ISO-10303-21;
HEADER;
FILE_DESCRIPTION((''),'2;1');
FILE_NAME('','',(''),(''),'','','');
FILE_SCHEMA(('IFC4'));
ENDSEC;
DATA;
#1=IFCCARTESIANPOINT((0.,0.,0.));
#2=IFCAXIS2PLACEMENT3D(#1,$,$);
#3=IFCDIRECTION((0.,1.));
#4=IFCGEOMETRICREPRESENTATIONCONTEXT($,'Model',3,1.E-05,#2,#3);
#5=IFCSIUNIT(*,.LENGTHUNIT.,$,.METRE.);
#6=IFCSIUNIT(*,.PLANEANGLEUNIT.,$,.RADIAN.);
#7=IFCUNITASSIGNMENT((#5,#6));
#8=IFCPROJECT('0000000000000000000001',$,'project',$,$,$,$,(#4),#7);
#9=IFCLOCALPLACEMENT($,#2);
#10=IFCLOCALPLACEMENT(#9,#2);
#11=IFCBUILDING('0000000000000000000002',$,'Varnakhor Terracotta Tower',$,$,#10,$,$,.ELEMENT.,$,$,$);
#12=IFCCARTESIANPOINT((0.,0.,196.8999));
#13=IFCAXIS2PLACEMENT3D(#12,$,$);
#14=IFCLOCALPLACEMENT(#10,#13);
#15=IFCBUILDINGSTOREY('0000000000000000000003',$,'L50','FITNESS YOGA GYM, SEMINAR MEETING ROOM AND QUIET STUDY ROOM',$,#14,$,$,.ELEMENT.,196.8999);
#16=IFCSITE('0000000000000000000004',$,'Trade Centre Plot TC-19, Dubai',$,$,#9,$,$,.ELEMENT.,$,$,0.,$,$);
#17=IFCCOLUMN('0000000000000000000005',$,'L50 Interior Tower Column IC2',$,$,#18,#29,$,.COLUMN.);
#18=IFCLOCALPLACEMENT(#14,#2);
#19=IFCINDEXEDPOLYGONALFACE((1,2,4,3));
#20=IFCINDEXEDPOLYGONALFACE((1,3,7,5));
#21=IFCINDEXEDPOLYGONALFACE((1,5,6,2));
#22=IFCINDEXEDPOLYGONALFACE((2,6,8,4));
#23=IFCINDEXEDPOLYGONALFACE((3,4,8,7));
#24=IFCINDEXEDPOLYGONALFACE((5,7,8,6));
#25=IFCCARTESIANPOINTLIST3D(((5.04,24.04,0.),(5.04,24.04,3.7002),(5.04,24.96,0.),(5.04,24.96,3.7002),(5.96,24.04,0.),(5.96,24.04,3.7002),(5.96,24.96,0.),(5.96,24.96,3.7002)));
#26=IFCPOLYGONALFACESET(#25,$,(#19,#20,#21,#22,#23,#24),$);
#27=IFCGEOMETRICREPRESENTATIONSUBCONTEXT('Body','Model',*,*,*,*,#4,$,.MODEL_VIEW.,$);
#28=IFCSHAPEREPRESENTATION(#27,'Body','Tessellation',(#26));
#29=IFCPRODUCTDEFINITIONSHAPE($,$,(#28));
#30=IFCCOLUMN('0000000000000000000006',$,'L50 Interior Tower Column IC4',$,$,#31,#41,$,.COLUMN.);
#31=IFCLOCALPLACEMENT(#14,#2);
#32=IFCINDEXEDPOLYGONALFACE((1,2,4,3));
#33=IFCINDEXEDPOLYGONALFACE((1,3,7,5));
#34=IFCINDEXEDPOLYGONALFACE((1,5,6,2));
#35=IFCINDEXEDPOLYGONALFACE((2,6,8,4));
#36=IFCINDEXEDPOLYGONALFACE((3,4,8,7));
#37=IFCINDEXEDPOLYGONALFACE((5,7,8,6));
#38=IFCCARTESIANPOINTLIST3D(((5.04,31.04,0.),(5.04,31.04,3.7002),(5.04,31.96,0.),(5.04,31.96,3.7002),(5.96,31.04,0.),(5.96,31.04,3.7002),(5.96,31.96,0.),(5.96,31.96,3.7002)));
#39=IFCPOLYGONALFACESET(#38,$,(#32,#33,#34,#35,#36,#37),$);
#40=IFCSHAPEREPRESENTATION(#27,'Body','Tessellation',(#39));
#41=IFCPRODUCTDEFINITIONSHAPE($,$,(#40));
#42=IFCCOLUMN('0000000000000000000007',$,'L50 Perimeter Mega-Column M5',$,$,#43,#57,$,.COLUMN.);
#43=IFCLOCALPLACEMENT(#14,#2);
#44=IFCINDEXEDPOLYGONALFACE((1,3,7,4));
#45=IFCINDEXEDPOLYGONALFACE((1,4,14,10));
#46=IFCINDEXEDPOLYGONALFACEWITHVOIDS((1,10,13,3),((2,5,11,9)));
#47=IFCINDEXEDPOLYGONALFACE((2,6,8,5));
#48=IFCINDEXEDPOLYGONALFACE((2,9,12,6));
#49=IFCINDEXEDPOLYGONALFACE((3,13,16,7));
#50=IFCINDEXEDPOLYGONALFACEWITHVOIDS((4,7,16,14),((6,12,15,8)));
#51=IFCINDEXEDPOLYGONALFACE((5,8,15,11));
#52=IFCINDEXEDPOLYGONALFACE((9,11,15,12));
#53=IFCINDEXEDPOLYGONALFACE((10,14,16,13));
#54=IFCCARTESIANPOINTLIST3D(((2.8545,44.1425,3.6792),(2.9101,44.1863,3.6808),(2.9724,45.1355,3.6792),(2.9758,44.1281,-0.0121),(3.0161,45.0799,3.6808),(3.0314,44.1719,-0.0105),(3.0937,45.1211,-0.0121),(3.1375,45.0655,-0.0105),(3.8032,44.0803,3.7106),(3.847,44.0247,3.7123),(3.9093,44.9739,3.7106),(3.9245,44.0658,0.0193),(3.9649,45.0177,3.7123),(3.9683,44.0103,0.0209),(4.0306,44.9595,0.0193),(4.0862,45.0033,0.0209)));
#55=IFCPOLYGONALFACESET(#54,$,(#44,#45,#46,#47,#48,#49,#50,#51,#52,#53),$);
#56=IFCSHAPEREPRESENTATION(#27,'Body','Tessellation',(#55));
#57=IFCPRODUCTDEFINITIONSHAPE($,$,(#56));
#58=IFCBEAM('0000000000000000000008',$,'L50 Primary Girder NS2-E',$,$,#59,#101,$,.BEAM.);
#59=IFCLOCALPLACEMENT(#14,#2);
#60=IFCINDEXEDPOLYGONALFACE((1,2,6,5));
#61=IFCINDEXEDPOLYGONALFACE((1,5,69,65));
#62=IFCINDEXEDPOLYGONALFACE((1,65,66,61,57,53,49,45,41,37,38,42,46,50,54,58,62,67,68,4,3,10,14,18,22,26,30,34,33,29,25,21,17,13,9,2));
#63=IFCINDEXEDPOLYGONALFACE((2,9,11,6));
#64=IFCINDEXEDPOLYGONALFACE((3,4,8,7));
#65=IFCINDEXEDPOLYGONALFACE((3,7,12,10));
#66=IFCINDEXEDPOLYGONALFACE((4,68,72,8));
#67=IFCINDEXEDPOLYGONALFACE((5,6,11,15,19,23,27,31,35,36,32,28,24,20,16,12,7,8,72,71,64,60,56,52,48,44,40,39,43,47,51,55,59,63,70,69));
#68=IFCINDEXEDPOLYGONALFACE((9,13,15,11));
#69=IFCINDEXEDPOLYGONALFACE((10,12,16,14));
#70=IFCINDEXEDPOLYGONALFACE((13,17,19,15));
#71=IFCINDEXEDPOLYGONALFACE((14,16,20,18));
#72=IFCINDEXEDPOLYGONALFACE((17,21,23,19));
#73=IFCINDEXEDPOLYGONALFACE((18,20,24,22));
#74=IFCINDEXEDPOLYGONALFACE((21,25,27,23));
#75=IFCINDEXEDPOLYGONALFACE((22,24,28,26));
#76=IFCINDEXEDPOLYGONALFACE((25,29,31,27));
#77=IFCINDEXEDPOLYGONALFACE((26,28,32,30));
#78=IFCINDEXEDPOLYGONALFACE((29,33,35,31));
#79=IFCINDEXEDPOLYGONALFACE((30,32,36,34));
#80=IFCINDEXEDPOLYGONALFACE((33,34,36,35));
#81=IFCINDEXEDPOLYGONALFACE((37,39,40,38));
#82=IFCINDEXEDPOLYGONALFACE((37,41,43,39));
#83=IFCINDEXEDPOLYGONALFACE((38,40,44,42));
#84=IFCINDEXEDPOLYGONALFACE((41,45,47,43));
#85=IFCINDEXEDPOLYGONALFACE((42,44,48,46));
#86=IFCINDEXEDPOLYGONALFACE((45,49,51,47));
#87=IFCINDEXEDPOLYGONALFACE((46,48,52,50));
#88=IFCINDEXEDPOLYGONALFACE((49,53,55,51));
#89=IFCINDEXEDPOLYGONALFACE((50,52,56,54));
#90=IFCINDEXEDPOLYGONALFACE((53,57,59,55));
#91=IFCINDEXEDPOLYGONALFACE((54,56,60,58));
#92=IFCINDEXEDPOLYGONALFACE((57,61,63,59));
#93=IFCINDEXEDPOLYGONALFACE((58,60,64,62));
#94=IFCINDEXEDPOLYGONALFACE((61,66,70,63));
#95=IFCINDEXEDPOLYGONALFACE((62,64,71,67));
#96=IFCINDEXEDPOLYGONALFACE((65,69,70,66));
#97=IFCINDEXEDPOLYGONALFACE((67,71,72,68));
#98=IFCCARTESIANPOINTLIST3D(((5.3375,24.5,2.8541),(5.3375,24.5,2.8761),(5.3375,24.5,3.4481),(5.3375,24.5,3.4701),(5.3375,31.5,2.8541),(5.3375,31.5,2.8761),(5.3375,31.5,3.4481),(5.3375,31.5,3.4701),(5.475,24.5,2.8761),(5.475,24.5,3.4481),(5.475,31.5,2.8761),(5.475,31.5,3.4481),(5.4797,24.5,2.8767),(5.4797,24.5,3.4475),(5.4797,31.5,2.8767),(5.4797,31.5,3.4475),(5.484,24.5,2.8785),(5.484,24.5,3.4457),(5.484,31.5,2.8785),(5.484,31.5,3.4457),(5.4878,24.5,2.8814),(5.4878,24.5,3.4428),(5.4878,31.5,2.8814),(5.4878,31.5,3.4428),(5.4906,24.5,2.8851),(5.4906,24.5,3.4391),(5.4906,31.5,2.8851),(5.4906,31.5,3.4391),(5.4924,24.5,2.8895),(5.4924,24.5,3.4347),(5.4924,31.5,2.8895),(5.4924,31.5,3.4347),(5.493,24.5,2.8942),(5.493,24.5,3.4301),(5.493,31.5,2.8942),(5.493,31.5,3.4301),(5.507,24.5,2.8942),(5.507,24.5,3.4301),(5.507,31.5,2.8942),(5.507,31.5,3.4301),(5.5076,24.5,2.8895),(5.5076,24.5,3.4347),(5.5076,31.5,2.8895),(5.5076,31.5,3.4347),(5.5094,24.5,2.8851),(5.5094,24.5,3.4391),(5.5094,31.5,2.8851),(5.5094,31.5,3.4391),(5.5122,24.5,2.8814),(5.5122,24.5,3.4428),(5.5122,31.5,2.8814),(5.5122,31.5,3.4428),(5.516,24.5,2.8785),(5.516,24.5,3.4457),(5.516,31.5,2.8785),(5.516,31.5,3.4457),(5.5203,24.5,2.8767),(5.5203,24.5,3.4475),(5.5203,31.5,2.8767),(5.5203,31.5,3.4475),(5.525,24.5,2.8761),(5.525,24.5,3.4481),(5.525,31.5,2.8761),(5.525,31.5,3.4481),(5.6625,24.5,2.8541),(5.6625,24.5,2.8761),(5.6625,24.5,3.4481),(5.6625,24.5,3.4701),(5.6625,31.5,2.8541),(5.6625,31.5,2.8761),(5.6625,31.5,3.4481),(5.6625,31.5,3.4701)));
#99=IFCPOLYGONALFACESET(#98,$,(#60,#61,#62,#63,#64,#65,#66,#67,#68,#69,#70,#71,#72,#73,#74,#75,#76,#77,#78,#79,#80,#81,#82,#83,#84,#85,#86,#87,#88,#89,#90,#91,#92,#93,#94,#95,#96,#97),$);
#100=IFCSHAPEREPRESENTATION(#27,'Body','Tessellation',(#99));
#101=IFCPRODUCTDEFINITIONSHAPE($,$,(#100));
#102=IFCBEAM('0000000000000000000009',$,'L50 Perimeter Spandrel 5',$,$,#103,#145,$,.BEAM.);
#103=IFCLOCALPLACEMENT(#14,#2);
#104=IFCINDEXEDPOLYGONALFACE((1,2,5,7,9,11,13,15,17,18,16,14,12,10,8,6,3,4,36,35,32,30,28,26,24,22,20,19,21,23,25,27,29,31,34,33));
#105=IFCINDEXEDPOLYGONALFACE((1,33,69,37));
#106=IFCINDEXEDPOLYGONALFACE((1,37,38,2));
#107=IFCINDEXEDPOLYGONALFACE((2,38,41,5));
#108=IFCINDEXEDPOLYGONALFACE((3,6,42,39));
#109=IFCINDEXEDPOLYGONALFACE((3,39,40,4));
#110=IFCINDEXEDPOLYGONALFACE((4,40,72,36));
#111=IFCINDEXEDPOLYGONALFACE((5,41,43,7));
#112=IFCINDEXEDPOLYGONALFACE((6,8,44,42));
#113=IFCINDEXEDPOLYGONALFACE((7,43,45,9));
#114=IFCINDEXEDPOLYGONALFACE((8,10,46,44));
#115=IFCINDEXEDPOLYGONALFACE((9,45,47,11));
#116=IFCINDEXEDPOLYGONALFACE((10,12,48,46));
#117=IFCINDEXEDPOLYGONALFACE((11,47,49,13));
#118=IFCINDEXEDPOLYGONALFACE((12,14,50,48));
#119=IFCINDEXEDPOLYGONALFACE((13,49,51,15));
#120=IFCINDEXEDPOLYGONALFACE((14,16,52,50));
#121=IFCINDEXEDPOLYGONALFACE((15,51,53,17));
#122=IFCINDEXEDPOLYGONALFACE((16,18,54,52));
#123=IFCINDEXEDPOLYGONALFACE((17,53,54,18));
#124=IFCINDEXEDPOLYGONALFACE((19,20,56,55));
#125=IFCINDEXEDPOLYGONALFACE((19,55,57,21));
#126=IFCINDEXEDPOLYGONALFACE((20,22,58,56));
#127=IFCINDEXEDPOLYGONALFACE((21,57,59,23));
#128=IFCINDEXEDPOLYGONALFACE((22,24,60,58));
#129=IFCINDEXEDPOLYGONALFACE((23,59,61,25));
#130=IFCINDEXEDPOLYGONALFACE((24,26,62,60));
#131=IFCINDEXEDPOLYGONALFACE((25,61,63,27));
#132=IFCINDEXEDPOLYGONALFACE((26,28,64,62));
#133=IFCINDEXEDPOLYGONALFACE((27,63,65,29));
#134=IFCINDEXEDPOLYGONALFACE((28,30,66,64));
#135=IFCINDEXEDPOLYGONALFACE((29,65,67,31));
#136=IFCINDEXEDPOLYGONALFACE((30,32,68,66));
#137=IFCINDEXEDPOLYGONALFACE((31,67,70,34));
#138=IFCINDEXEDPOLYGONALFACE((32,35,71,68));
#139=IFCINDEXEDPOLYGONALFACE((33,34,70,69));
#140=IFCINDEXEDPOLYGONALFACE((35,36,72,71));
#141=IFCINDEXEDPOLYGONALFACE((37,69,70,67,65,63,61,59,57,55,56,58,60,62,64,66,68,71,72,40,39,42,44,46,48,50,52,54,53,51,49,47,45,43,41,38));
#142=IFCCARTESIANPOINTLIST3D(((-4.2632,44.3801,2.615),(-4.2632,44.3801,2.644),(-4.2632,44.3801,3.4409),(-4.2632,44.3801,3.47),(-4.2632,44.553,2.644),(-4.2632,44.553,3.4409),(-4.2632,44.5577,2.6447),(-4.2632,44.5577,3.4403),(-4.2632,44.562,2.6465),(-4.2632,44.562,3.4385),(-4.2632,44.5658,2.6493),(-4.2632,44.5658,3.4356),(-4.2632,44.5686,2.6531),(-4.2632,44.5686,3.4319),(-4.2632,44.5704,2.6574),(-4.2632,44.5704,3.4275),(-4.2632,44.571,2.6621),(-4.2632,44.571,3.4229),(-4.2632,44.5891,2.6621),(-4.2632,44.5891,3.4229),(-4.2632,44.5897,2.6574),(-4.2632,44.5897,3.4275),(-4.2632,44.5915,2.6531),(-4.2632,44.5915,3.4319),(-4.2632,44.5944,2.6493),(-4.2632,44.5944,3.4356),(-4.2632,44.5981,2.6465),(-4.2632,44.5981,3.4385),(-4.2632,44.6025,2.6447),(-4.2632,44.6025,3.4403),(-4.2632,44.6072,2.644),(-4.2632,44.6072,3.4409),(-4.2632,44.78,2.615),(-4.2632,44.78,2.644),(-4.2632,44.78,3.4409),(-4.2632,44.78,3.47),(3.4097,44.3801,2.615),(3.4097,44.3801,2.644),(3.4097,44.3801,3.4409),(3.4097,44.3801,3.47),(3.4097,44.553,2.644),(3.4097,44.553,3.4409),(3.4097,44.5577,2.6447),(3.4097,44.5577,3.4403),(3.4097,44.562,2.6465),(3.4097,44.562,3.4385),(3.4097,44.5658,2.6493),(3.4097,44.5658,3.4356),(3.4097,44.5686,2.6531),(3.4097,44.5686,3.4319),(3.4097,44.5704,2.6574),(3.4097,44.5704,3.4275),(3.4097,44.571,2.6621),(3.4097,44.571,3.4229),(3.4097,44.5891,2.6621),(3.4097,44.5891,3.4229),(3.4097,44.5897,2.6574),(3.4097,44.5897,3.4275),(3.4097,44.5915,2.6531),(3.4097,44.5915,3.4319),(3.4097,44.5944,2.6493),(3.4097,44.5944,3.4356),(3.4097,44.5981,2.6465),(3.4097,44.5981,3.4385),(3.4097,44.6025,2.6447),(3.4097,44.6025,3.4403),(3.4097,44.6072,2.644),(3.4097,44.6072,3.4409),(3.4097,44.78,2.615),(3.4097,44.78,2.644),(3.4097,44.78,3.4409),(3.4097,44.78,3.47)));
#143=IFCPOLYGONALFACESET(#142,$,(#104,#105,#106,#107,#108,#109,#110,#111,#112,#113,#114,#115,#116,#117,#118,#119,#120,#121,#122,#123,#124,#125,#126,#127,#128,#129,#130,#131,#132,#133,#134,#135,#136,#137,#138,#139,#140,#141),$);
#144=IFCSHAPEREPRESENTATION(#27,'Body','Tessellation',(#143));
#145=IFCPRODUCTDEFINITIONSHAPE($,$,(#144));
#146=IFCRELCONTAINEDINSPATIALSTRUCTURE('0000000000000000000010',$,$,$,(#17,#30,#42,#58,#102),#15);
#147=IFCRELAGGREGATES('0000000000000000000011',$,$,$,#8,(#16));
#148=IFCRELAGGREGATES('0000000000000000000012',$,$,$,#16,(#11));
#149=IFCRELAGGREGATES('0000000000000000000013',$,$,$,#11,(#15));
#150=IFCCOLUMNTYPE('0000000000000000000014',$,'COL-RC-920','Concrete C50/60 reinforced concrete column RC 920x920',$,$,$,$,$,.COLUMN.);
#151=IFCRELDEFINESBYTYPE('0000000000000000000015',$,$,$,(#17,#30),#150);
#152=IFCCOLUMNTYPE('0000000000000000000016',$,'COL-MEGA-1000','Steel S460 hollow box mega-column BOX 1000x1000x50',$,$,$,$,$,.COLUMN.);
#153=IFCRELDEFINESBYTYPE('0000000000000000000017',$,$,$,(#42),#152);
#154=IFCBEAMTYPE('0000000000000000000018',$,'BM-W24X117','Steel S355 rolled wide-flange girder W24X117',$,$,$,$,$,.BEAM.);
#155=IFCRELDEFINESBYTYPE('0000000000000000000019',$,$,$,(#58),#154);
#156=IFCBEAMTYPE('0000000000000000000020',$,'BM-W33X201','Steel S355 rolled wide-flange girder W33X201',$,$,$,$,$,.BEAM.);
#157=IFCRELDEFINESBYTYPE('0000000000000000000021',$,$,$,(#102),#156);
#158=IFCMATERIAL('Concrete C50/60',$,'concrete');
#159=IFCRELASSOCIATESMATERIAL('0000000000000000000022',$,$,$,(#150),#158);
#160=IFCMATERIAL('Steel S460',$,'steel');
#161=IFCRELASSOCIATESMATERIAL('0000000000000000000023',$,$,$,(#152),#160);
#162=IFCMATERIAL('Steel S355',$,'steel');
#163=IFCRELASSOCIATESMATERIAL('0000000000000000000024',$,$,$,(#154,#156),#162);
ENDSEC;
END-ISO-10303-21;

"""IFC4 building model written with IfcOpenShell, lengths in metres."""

from ifc_helpers import new_model, si_unit, direction, frame, origin, origin_2d, place, context, subcontext, project, spatial, rectangle, hollow_rectangle, i_section, extrude, source, transform, mapped, material, material_profile, profile_set, type_object, element, save


model = new_model("IFC4")

# Units and contexts
model_context = context("Model", 3, precision=1e-05, world=origin(), true_north=direction((0.0, 1.0)))
body_context = subcontext(model_context, "Body", "Model", "MODEL_VIEW")
ifc_project = project(units=[si_unit("LENGTHUNIT", "METRE"), si_unit("PLANEANGLEUNIT", "RADIAN")], contexts=[model_context])

# Site, building, storey
site_placement = place(None, origin())
site = spatial("IfcSite", under=ifc_project, at=site_placement, Name="Trade Centre Plot TC-19, Dubai", CompositionType="ELEMENT", RefElevation=0.0)
building_placement = place(site_placement, origin())
building = spatial("IfcBuilding", under=site, at=building_placement, Name="Varnakhor Terracotta Tower", CompositionType="ELEMENT")
storey_placement = place(building_placement, frame((0.0, 0.0, 196.8999)))
storey = spatial("IfcBuildingStorey", under=building, at=storey_placement, Name="L50", Description="FITNESS YOGA GYM, SEMINAR MEETING ROOM AND QUIET STUDY ROOM", CompositionType="ELEMENT", Elevation=196.8999)

# Columns
ifc_material_1 = material(Name="Concrete C50/60", Category="concrete")
ifc_material_profile_1 = material_profile(ifc_material_1, rectangle(XDim=0.9199, YDim=0.9199, at=origin_2d()), Name="RC 920x920")
ifc_profile_set_1 = profile_set([ifc_material_profile_1], Name="Concrete C50/60")
column_type_1 = type_object("IfcColumnType", Name="COL-RC-920", Description="Concrete C50/60 reinforced concrete column RC 920x920", PredefinedType="COLUMN", material=ifc_profile_set_1)
shared_shape_1 = source(origin(), body_context, "Body", "SweptSolid", [
    extrude(rectangle(XDim=0.9199, YDim=0.9199, at=origin_2d()), origin(), (0.0, 0.0, 1.0), 3.7002),
])
for number, where, z_axis, x_axis, name in (
    (1, (5.5, 24.5, 0.0), (0.0, 0.0, 1.0), (1.0, 0.0, 0.0), "L50 Interior Tower Column IC2"),
    (2, (5.5, 31.5, 0.0), (0.0, 0.0, 1.0), (1.0, 0.0, 0.0), "L50 Interior Tower Column IC4"),
):
    element("IfcColumn", number, at=place(storey_placement, frame(where, z_axis=z_axis, x_axis=x_axis)), inside=storey, type_object=column_type_1, Name=name, PredefinedType="COLUMN", context=body_context, shape_type="MappedRepresentation", body=[
        mapped(shared_shape_1, transform((0.0, 0.0, 0.0), scale=1.0)),
    ])
ifc_material_2 = material(Name="Steel S460", Category="steel")
ifc_material_profile_2 = material_profile(ifc_material_2, hollow_rectangle(XDim=1.0, YDim=1.0, WallThickness=0.05, at=origin_2d()), Name="BOX 1000x1000x50")
ifc_profile_set_2 = profile_set([ifc_material_profile_2], Name="Steel S460")
column_type_2 = type_object("IfcColumnType", Name="COL-MEGA-1000", Description="Steel S460 hollow box mega-column BOX 1000x1000x50", PredefinedType="COLUMN", material=ifc_profile_set_2)
shared_shape_2 = source(origin(), body_context, "Body", "SweptSolid", [
    extrude(hollow_rectangle(XDim=1.0, YDim=1.0, WallThickness=0.05, at=origin_2d()), origin(), (0.0, 0.0, 1.0), 3.6934),
])
column_placement = place(storey_placement, frame((3.531, 44.5657, 0.0044), z_axis=(-0.032852, 0.0039, 0.999453), x_axis=(-0.117885, -0.993027, 0.0)))
element("IfcColumn", 3, at=column_placement, inside=storey, type_object=column_type_2, Name="L50 Perimeter Mega-Column M5", PredefinedType="COLUMN", context=body_context, shape_type="MappedRepresentation", body=[
    mapped(shared_shape_2, transform((0.0, 0.0, 0.0), scale=1.0)),
])

# Beams
ifc_material_3 = material(Name="Steel S355", Category="steel")
ifc_material_profile_3 = material_profile(ifc_material_3, i_section(OverallWidth=0.325, OverallDepth=0.616, WebThickness=0.0139, FlangeThickness=0.022, FilletRadius=0.0181, at=origin_2d()), Name="W24X117")
ifc_profile_set_3 = profile_set([ifc_material_profile_3], Name="Steel S355")
beam_type_1 = type_object("IfcBeamType", Name="BM-W24X117", Description="Steel S355 rolled wide-flange girder W24X117", PredefinedType="BEAM", material=ifc_profile_set_3)
shared_shape_3 = source(origin(), body_context, "Body", "SweptSolid", [
    extrude(i_section(OverallWidth=0.325, OverallDepth=0.616, WebThickness=0.0139, FlangeThickness=0.022, FilletRadius=0.0181, at=origin_2d()), origin(), (0.0, 0.0, 1.0), 7.0),
])
beam_1_placement = place(storey_placement, frame((5.5, 24.5, 3.1621), z_axis=(0.0, 1.0, 0.0), x_axis=(-1.0, 0.0, 0.0)))
element("IfcBeam", 4, at=beam_1_placement, inside=storey, type_object=beam_type_1, Name="L50 Primary Girder NS2-E", PredefinedType="BEAM", context=body_context, shape_type="MappedRepresentation", body=[
    mapped(shared_shape_3, transform((0.0, 0.0, 0.0), scale=1.0)),
])
ifc_material_profile_4 = material_profile(ifc_material_3, i_section(OverallWidth=0.3999, OverallDepth=0.855, WebThickness=0.0181, FlangeThickness=0.0291, FilletRadius=0.0181, at=origin_2d()), Name="W33X201")
ifc_profile_set_4 = profile_set([ifc_material_profile_4], Name="Steel S355")
beam_type_2 = type_object("IfcBeamType", Name="BM-W33X201", Description="Steel S355 rolled wide-flange girder W33X201", PredefinedType="BEAM", material=ifc_profile_set_4)
shared_shape_4 = source(origin(), body_context, "Body", "SweptSolid", [
    extrude(i_section(OverallWidth=0.3999, OverallDepth=0.855, WebThickness=0.0181, FlangeThickness=0.0291, FilletRadius=0.0181, at=origin_2d()), origin(), (0.0, 0.0, 1.0), 7.6729),
])
beam_2_placement = place(storey_placement, frame((3.4097, 44.5801, 3.0425), z_axis=(-1.0, 0.0, 0.0), x_axis=(0.0, -1.0, 0.0)))
element("IfcBeam", 5, at=beam_2_placement, inside=storey, type_object=beam_type_2, Name="L50 Perimeter Spandrel 5", PredefinedType="BEAM", context=body_context, shape_type="MappedRepresentation", body=[
    mapped(shared_shape_4, transform((0.0, 0.0, 0.0), scale=1.0)),
])

save(model, "model.ifc")
